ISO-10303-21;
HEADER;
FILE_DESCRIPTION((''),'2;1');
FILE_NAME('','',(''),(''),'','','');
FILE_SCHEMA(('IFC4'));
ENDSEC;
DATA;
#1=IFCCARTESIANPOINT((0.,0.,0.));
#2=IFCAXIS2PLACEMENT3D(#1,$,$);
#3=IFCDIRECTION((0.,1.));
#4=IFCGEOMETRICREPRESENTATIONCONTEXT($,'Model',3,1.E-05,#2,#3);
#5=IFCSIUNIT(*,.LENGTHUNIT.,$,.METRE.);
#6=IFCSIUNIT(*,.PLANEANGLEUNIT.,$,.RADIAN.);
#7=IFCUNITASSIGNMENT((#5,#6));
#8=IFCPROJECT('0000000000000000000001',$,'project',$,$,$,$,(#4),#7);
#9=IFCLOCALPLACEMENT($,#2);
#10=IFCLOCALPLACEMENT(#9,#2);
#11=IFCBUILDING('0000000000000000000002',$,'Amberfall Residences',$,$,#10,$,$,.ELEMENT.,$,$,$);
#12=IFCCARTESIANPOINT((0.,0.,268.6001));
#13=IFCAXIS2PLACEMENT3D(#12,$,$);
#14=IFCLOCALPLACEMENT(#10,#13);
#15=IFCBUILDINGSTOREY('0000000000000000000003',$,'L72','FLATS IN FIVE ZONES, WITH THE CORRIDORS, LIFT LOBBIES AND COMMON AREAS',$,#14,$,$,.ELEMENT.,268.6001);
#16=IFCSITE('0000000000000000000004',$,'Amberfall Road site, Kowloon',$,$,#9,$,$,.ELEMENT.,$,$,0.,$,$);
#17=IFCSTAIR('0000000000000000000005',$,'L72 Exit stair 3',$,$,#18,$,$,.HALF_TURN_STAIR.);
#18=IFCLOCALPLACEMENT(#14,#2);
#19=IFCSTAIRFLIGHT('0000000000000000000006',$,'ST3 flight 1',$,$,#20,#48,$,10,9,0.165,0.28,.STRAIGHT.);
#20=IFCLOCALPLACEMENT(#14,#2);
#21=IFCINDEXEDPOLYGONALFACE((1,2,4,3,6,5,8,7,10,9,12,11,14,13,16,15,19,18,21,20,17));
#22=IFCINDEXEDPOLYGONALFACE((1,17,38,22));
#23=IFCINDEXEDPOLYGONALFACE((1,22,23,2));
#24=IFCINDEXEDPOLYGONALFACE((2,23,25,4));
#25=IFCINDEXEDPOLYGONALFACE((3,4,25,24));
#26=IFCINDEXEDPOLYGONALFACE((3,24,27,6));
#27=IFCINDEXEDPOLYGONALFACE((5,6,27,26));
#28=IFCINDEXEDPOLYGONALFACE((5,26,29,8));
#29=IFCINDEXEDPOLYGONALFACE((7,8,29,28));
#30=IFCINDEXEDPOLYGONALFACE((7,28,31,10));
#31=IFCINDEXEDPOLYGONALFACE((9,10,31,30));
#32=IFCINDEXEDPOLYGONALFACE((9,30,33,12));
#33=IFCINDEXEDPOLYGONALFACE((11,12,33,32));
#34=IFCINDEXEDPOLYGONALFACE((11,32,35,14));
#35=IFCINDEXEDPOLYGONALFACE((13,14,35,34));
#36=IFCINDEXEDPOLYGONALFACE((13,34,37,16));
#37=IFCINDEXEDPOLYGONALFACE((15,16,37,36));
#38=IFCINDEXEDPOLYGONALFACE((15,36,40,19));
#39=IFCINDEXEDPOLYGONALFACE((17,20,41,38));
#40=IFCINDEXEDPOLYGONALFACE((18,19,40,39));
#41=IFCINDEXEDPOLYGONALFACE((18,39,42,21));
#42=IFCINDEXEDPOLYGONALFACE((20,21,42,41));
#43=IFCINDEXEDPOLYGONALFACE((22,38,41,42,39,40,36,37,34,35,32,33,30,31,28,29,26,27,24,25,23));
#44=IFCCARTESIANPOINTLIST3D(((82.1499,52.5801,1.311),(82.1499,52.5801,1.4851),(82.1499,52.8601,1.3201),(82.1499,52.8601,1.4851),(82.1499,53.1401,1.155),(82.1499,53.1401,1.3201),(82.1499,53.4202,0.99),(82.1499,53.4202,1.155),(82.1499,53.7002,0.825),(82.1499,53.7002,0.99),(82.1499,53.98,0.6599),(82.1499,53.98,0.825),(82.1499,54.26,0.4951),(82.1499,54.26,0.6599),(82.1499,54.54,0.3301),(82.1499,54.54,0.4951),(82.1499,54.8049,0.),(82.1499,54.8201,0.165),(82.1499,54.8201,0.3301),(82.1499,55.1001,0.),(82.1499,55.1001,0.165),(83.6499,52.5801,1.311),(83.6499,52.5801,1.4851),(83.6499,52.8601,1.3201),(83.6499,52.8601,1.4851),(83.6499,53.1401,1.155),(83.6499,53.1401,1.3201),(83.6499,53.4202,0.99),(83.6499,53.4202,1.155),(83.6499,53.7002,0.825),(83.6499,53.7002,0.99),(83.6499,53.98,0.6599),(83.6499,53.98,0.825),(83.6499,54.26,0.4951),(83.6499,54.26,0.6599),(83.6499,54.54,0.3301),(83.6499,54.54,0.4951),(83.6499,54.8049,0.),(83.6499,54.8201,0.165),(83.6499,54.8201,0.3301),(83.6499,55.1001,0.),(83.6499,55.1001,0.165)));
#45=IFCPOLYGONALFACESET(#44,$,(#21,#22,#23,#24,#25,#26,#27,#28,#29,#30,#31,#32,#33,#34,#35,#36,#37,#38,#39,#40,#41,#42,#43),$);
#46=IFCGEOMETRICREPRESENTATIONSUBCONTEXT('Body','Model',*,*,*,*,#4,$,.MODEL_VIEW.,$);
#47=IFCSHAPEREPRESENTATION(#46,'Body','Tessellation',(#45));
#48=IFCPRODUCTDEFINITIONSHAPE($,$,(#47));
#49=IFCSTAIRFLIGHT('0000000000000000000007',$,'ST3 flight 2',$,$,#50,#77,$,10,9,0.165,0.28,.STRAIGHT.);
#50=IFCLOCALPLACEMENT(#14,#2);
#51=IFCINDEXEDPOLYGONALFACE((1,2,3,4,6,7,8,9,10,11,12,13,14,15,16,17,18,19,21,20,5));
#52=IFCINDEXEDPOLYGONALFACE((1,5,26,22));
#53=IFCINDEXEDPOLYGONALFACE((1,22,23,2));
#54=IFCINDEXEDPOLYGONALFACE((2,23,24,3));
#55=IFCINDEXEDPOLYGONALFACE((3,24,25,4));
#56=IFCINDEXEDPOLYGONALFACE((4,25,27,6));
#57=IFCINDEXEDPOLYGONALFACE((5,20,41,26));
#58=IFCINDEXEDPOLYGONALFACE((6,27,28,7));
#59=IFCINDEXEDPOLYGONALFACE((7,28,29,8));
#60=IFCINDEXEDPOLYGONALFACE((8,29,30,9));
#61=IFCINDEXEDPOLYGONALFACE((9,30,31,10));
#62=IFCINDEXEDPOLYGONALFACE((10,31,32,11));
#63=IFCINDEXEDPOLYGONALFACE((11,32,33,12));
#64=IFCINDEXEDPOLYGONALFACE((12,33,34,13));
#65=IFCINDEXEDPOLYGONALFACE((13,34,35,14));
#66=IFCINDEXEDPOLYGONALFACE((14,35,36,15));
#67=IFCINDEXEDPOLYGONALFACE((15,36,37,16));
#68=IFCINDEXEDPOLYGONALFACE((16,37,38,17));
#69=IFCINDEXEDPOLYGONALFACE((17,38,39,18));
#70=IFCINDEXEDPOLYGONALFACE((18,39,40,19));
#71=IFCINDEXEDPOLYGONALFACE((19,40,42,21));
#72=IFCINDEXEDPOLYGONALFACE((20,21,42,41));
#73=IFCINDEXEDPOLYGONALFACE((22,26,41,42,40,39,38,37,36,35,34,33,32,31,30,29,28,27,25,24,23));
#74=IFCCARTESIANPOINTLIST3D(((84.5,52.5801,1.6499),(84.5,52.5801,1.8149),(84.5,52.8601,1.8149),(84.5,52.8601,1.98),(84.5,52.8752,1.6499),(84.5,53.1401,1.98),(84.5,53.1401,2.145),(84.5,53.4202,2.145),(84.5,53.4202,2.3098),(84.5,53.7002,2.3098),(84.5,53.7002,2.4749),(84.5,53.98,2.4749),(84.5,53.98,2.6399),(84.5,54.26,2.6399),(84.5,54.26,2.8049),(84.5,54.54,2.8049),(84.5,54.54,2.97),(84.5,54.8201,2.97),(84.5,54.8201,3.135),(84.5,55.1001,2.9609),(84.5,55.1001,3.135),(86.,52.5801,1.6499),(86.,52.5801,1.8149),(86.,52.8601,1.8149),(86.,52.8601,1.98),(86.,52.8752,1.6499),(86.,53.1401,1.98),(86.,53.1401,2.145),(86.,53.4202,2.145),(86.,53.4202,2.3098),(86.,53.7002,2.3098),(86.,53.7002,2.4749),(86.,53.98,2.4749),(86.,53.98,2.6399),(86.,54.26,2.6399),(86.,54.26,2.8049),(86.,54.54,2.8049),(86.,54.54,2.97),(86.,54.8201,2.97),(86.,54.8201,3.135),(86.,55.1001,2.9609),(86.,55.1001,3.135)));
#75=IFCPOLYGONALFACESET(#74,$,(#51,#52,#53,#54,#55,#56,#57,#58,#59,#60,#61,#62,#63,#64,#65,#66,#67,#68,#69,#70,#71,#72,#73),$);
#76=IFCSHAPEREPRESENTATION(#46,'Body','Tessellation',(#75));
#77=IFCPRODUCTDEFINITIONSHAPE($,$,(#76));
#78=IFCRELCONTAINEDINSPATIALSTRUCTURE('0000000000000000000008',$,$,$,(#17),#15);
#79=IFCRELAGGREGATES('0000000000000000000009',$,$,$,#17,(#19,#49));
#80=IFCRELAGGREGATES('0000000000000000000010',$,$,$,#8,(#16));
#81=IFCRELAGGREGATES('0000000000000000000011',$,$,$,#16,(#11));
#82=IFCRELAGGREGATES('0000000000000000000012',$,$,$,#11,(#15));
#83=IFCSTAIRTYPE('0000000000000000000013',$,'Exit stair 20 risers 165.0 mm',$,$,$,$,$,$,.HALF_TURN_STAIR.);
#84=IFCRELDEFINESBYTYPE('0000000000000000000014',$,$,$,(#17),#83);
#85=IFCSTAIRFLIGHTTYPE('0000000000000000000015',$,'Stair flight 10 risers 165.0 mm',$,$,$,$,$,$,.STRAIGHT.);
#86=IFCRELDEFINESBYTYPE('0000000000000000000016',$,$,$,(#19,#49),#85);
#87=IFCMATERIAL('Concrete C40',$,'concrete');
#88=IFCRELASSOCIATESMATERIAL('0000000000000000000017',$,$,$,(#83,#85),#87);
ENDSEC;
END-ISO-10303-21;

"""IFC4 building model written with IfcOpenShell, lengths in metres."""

from ifc_helpers import new_model, si_unit, direction, frame, origin, place, context, subcontext, project, spatial, polyline, outline, extrude, material, type_object, element, aggregate, save


model = new_model("IFC4")

# Units and contexts
model_context = context("Model", 3, precision=1e-05, world=origin(), true_north=direction((0.0, 1.0)))
body_context = subcontext(model_context, "Body", "Model", "MODEL_VIEW")
ifc_project = project(units=[si_unit("LENGTHUNIT", "METRE"), si_unit("PLANEANGLEUNIT", "RADIAN")], contexts=[model_context])

# Site, building, storey
site_placement = place(None, origin())
site = spatial("IfcSite", under=ifc_project, at=site_placement, Name="Amberfall Road site, Kowloon", CompositionType="ELEMENT", RefElevation=0.0)
building_placement = place(site_placement, origin())
building = spatial("IfcBuilding", under=site, at=building_placement, Name="Amberfall Residences", CompositionType="ELEMENT")
storey_placement = place(building_placement, frame((0.0, 0.0, 268.6001)))
storey = spatial("IfcBuildingStorey", under=building, at=storey_placement, Name="L72", Description="FLATS IN FIVE ZONES, WITH THE CORRIDORS, LIFT LOBBIES AND COMMON AREAS", CompositionType="ELEMENT", Elevation=268.6001)

# Stair, stair flights
ifc_material_1 = material(Name="Concrete C40", Category="concrete")
stair_type = type_object("IfcStairType", Name="Exit stair 20 risers 165.0 mm", PredefinedType="HALF_TURN_STAIR", material=ifc_material_1)
stair_placement = place(storey_placement, origin())
stair = element("IfcStair", 1, at=stair_placement, inside=storey, type_object=stair_type, Name="L72 Exit stair 3", PredefinedType="HALF_TURN_STAIR")
stair_flight_type = type_object("IfcStairFlightType", Name="Stair flight 10 risers 165.0 mm", PredefinedType="STRAIGHT", material=ifc_material_1)
stair_flight_1_placement = place(storey_placement, frame((82.8999, 55.1001, 0.0), z_axis=(0.0, 0.0, 1.0), x_axis=(0.0, -1.0, 0.0)))
stair_flight_1 = element("IfcStairFlight", 2, at=stair_flight_1_placement, type_object=stair_flight_type, Name="ST3 flight 1", NumberOfRisers=10, NumberOfTreads=9, PredefinedType="STRAIGHT", RiserHeight=0.165, TreadLength=0.28, context=body_context, shape_type="SweptSolid", body=[
    extrude(outline(polyline([(0.0, 0.0), (0.0, 0.165), (0.28, 0.165), (0.28, 0.3301), (0.5601, 0.3301), (0.5601, 0.4951), (0.8401, 0.4951), (0.8401, 0.6599), (1.1201, 0.6599), (1.1201, 0.825), (1.3999, 0.825), (1.3999, 0.99), (1.6799, 0.99), (1.6799, 1.155), (1.96, 1.155), (1.96, 1.3201), (2.24, 1.3201), (2.24, 1.4851), (2.52, 1.4851), (2.52, 1.6499), (2.52, 1.311), (0.2952, 0.0), (0.0, 0.0)])), frame((0.0, 0.75, 0.0), z_axis=(0.0, -1.0, 0.0), x_axis=(1.0, 0.0, 0.0)), (0.0, 0.0, 1.0), 1.5),
])
stair_flight_2_placement = place(storey_placement, frame((85.25, 52.5801, 1.6499), z_axis=(0.0, 0.0, 1.0), x_axis=(0.0, 1.0, 0.0)))
stair_flight_2 = element("IfcStairFlight", 3, at=stair_flight_2_placement, type_object=stair_flight_type, Name="ST3 flight 2", NumberOfRisers=10, NumberOfTreads=9, PredefinedType="STRAIGHT", RiserHeight=0.165, TreadLength=0.28, context=body_context, shape_type="SweptSolid", body=[
    extrude(outline(polyline([(0.0, 0.0), (0.0, 0.165), (0.28, 0.165), (0.28, 0.3301), (0.5601, 0.3301), (0.5601, 0.4951), (0.8401, 0.4951), (0.8401, 0.6599), (1.1201, 0.6599), (1.1201, 0.825), (1.3999, 0.825), (1.3999, 0.99), (1.6799, 0.99), (1.6799, 1.155), (1.96, 1.155), (1.96, 1.3201), (2.24, 1.3201), (2.24, 1.4851), (2.52, 1.4851), (2.52, 1.6499), (2.52, 1.311), (0.2952, 0.0), (0.0, 0.0)])), frame((0.0, 0.75, 0.0), z_axis=(0.0, -1.0, 0.0), x_axis=(1.0, 0.0, 0.0)), (0.0, 0.0, 1.0), 1.5),
])
aggregate(stair, [stair_flight_1, stair_flight_2])

save(model, "model.ifc")
